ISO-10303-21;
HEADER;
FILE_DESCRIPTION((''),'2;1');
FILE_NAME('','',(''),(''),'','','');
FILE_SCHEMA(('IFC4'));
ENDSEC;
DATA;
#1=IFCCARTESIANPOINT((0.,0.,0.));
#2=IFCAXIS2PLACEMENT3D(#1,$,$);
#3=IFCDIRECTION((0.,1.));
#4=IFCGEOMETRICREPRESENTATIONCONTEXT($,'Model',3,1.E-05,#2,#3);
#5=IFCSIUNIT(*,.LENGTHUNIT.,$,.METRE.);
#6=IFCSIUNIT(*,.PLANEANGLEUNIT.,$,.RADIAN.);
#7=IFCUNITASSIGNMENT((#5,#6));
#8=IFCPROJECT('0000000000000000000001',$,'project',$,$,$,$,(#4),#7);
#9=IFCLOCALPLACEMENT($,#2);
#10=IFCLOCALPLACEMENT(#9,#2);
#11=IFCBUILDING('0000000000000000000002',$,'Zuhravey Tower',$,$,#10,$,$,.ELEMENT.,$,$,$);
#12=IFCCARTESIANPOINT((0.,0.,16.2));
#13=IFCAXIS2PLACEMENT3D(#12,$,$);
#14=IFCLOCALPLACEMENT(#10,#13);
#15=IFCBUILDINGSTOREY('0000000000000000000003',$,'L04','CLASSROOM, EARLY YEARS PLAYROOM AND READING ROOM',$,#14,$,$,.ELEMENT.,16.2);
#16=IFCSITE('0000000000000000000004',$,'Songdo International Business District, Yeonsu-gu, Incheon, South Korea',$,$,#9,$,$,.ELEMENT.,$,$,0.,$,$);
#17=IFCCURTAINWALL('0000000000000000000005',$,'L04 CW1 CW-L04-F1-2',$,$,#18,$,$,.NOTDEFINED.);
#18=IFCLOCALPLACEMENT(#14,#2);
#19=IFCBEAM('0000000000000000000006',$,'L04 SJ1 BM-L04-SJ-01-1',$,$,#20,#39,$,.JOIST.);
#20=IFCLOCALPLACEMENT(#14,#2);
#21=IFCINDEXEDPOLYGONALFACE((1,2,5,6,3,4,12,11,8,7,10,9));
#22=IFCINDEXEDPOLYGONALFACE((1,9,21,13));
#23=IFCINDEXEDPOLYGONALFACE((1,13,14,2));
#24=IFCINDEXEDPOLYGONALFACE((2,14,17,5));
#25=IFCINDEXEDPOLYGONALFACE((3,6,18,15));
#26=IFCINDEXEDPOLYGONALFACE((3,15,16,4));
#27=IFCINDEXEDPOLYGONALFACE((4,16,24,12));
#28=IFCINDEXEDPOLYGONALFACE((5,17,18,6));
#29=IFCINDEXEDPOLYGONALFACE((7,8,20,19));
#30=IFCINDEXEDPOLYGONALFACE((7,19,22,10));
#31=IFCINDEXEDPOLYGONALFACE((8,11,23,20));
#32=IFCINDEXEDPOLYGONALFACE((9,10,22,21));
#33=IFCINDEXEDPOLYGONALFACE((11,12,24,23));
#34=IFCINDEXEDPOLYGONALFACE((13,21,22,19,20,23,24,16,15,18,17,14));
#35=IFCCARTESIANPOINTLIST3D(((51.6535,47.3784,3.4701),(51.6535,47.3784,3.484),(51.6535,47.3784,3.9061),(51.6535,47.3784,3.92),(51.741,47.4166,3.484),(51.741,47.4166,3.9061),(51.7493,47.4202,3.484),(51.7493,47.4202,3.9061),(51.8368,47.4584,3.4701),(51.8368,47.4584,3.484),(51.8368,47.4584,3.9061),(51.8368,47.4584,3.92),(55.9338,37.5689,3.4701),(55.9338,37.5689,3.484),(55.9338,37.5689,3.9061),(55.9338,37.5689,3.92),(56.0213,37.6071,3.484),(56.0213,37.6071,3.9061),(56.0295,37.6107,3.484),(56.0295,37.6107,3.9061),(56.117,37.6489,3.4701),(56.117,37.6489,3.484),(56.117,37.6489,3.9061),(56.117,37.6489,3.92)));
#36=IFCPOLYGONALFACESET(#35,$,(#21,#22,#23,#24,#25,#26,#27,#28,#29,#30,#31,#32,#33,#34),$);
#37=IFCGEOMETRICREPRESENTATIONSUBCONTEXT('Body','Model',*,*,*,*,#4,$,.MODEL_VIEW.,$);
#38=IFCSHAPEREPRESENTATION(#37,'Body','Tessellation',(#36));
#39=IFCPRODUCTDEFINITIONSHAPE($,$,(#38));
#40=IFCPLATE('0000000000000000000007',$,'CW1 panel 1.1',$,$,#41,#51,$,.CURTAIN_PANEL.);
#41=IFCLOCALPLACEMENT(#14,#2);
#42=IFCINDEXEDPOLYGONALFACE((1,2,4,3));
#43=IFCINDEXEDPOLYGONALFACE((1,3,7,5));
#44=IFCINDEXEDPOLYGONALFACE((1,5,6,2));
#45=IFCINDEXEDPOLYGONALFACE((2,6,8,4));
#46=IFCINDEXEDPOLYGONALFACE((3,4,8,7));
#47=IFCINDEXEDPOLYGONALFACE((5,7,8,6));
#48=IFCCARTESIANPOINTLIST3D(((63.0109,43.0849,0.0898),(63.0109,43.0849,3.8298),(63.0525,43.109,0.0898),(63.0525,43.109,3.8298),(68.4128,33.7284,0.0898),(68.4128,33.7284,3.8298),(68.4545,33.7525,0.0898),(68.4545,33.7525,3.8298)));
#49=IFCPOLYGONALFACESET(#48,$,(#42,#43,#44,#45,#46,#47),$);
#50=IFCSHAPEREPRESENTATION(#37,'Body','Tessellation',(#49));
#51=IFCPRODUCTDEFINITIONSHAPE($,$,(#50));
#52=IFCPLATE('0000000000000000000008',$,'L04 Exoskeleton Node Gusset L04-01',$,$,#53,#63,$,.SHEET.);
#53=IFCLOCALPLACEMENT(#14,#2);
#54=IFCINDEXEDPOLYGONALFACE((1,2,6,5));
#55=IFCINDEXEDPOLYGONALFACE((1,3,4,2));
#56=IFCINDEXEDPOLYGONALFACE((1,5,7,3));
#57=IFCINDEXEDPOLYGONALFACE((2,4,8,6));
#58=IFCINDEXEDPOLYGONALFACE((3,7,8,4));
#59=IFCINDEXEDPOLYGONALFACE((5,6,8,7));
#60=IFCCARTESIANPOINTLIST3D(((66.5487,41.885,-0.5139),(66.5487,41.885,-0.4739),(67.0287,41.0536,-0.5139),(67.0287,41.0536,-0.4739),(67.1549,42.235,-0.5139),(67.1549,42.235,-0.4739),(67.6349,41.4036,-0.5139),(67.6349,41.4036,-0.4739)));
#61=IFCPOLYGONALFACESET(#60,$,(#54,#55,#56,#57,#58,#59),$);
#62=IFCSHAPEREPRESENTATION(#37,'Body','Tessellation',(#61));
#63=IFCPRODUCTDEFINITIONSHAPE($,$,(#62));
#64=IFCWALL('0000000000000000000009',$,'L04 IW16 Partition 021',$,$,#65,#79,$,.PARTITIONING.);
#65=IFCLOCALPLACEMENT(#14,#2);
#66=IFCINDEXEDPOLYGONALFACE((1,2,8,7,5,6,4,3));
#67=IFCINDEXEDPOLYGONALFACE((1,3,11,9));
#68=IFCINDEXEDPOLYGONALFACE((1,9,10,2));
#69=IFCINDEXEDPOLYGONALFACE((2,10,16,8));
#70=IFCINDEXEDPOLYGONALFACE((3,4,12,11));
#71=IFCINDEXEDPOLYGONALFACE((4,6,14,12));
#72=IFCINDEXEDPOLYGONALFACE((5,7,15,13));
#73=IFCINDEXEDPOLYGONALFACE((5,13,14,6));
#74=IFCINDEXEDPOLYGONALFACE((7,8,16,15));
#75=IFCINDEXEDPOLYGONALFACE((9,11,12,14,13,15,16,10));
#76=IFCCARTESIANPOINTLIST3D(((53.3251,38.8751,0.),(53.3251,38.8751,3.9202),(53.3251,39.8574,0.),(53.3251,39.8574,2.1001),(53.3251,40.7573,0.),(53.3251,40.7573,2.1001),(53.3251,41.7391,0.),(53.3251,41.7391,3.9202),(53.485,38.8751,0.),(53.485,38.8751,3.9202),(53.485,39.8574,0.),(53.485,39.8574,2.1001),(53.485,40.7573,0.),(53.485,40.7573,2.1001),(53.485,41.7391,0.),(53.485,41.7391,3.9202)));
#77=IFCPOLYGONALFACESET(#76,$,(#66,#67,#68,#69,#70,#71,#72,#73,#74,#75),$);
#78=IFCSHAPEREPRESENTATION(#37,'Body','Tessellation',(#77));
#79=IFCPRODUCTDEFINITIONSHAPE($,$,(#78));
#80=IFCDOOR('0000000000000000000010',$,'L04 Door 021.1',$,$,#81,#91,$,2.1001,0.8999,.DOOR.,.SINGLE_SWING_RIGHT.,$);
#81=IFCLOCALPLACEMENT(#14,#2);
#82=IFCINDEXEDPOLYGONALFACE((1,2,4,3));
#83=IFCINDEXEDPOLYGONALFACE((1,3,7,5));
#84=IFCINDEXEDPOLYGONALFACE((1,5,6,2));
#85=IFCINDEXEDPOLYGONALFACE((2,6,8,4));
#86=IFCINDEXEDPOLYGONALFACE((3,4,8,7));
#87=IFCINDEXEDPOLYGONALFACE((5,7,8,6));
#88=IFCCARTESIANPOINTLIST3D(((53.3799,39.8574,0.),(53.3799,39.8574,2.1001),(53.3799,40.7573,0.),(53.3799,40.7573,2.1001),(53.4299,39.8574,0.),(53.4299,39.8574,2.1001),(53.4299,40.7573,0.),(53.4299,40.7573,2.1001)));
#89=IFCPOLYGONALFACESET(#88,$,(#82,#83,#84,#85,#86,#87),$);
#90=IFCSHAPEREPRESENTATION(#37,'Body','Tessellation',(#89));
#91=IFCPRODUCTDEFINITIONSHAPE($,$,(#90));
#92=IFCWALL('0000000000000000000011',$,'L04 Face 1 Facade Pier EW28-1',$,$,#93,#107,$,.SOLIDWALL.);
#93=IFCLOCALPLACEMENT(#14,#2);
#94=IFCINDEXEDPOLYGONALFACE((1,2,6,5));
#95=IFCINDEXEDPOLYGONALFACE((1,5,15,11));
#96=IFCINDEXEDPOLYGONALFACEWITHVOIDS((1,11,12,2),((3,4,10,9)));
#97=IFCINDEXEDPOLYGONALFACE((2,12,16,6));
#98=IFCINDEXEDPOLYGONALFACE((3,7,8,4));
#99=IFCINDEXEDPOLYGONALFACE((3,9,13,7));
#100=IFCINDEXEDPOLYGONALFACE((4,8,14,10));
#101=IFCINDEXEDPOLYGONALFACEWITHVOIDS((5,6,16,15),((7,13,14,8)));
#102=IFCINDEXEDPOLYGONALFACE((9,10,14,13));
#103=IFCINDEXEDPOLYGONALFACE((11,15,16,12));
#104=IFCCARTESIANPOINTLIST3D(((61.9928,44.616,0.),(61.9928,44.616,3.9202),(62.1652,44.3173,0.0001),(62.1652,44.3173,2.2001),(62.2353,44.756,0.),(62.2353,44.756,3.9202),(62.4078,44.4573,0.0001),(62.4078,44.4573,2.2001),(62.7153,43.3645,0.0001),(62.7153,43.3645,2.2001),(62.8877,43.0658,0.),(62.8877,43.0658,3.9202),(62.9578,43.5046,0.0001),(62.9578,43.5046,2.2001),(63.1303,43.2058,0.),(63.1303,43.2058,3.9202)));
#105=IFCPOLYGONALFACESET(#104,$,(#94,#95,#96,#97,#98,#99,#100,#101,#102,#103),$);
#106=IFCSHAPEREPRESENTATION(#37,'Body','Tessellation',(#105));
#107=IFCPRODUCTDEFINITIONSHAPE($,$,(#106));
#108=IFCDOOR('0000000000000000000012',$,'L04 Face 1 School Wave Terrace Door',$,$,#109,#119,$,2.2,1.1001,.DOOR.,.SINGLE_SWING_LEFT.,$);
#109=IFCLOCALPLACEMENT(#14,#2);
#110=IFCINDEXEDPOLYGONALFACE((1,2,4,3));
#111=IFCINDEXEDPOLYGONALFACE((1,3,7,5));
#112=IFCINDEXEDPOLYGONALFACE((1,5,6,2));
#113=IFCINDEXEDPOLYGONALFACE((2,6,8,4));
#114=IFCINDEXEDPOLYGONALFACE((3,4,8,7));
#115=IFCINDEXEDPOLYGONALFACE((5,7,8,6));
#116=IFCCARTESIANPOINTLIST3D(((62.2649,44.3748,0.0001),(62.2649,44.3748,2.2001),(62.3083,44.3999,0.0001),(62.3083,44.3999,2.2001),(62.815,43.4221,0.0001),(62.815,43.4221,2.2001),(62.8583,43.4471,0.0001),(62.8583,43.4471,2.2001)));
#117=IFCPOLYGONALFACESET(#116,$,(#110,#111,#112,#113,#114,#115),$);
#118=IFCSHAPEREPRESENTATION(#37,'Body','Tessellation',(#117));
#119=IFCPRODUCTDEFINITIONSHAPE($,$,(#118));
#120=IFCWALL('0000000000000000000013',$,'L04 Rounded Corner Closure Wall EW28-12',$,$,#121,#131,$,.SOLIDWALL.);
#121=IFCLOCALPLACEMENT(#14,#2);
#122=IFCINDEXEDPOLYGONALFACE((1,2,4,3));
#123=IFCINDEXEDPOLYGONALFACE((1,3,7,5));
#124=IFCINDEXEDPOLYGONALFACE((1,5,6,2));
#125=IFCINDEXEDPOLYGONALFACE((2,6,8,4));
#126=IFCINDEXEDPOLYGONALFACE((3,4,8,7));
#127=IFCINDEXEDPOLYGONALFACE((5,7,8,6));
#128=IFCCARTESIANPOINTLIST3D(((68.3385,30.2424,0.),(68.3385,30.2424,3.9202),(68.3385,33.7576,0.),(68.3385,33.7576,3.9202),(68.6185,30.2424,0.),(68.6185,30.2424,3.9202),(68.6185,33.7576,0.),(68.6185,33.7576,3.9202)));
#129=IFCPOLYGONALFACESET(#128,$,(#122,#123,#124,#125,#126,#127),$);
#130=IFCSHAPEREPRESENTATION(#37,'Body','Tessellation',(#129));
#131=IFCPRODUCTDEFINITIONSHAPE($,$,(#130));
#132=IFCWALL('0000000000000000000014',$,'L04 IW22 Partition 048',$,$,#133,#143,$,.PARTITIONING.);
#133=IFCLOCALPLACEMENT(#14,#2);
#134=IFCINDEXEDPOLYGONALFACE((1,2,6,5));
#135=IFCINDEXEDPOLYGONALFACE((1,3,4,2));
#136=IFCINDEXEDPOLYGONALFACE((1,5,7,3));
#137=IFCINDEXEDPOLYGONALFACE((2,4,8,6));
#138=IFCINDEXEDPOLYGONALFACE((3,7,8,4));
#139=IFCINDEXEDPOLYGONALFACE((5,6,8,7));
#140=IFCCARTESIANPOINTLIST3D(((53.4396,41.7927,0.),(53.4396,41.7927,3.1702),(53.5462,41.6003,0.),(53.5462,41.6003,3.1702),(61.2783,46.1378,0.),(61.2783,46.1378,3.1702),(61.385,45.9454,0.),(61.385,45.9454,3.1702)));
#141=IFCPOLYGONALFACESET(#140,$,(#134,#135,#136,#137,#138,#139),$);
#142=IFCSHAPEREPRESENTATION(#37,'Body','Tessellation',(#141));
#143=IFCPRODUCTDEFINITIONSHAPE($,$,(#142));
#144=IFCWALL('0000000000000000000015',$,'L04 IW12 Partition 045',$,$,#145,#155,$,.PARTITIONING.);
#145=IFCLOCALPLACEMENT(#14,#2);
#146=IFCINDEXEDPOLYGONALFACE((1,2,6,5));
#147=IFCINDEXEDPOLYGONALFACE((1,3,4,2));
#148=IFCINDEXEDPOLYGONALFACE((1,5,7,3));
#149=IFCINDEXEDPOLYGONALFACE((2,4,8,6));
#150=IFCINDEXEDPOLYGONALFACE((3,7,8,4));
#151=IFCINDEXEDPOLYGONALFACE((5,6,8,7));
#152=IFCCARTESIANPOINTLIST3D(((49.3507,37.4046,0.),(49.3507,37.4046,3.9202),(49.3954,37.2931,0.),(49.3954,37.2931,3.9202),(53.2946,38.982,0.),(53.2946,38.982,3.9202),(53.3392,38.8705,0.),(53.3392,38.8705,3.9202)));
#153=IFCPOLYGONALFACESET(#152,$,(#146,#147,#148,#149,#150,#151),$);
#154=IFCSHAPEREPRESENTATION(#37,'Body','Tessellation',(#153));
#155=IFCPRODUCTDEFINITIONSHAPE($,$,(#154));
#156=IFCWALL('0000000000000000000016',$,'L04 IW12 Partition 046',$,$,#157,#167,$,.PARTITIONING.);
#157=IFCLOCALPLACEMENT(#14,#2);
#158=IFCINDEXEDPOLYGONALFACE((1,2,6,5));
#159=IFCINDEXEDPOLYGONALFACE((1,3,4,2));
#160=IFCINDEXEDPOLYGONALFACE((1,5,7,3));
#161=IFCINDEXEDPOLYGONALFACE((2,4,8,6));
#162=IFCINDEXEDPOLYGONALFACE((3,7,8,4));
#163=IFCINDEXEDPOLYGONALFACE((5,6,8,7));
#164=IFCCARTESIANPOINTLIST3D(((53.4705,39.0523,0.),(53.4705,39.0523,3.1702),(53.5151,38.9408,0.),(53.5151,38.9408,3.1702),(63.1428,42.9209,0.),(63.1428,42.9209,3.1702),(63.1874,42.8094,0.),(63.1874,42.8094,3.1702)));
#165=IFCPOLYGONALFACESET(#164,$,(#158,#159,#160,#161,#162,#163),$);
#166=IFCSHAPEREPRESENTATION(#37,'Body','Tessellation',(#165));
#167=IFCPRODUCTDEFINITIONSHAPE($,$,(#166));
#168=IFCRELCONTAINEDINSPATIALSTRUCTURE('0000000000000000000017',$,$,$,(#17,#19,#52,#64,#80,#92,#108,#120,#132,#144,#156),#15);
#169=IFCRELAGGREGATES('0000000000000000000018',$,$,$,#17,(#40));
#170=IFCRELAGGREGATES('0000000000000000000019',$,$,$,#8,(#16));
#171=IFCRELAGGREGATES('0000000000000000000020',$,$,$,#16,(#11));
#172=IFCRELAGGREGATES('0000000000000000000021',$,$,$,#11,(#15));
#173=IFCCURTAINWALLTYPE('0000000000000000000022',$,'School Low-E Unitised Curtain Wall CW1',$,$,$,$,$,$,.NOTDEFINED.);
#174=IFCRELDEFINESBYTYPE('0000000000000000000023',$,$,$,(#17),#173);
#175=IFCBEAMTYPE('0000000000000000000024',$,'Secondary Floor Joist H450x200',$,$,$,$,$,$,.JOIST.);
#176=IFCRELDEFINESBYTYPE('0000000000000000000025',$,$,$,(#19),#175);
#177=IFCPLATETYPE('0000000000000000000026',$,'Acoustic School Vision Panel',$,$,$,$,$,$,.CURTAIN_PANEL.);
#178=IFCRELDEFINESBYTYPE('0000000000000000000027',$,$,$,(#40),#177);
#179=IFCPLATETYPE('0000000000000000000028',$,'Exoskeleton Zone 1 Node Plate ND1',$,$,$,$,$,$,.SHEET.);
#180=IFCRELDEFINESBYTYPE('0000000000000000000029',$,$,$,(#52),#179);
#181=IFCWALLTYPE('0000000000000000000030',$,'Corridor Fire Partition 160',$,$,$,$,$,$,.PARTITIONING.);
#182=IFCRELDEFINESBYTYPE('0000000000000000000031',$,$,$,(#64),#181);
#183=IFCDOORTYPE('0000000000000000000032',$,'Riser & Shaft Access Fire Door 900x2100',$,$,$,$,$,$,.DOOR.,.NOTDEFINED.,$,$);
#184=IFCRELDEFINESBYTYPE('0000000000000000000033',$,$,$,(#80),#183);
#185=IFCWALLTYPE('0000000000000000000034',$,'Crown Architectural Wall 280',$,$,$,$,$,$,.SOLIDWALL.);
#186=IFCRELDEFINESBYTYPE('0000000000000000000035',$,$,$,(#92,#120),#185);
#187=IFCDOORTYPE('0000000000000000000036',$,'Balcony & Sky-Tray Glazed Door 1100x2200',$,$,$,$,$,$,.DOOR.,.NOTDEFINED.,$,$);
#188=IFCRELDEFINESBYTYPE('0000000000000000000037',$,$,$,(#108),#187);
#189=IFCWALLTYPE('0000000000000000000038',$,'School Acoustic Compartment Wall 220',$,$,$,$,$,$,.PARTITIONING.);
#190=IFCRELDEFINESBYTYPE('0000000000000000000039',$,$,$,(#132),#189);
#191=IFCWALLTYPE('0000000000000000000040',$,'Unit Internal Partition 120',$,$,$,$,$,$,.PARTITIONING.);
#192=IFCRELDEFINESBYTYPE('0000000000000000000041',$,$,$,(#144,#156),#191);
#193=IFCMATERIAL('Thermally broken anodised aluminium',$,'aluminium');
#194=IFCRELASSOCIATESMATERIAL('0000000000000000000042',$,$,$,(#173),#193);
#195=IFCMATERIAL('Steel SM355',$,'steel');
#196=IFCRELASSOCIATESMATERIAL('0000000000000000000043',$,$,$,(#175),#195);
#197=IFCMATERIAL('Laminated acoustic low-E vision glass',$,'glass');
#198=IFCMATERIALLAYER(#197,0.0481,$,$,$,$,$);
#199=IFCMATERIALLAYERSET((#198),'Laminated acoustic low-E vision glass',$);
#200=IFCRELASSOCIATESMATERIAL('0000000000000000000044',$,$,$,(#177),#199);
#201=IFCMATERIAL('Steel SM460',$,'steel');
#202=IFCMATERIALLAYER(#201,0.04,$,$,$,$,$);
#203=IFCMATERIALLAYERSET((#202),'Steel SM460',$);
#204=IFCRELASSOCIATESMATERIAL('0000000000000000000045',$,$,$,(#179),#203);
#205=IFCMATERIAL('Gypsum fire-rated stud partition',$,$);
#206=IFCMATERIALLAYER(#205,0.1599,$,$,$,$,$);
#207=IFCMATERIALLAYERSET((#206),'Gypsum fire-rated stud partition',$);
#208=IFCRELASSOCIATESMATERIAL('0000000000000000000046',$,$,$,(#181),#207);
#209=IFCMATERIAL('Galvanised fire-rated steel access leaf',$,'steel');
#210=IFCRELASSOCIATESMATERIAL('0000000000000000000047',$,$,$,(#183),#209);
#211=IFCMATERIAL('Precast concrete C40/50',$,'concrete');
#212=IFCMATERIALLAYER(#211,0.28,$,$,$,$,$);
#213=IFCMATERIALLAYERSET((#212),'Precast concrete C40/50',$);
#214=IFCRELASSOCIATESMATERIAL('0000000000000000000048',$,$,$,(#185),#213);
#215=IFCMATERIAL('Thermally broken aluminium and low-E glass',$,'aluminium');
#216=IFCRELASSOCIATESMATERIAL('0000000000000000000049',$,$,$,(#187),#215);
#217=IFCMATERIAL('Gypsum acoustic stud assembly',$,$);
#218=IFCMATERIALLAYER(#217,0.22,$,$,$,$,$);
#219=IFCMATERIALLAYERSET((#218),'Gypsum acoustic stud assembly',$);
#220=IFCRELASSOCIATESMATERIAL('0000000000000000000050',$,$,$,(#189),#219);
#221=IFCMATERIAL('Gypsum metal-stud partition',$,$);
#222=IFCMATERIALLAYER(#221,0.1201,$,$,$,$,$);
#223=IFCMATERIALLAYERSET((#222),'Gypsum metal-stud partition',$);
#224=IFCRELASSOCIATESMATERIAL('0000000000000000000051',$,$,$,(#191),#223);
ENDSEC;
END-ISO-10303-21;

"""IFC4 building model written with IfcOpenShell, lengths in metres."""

from ifc_helpers import new_model, si_unit, direction, frame, frame_2d, origin, origin_2d, place, context, subcontext, project, spatial, rectangle, i_section, extrude, material, layer, layer_set, material_profile, profile_set, type_object, element, fill, aggregate, save


model = new_model("IFC4")

# Units and contexts
model_context = context("Model", 3, precision=1e-05, world=origin(), true_north=direction((0.0, 1.0)))
body_context = subcontext(model_context, "Body", "Model", "MODEL_VIEW")
ifc_project = project(units=[si_unit("LENGTHUNIT", "METRE"), si_unit("PLANEANGLEUNIT", "RADIAN")], contexts=[model_context])

# Site, building, storey
site_placement = place(None, origin())
site = spatial("IfcSite", under=ifc_project, at=site_placement, Name="Songdo International Business District, Yeonsu-gu, Incheon, South Korea", CompositionType="ELEMENT", RefElevation=0.0)
building_placement = place(site_placement, origin())
building = spatial("IfcBuilding", under=site, at=building_placement, Name="Zuhravey Tower", CompositionType="ELEMENT")
storey_placement = place(building_placement, frame((0.0, 0.0, 16.2)))
storey = spatial("IfcBuildingStorey", under=building, at=storey_placement, Name="L04", Description="CLASSROOM, EARLY YEARS PLAYROOM AND READING ROOM", CompositionType="ELEMENT", Elevation=16.2)

# Shared definitions
ifc_material_1 = material(Name="Thermally broken anodised aluminium", Category="aluminium")
curtain_wall_type = type_object("IfcCurtainWallType", Name="School Low-E Unitised Curtain Wall CW1", PredefinedType="NOTDEFINED", material=ifc_material_1)

# Curtain wall
curtain_wall_1_placement = place(storey_placement, origin())
curtain_wall_1 = element("IfcCurtainWall", 1, at=curtain_wall_1_placement, inside=storey, type_object=curtain_wall_type, Name="L04 CW1 CW-L04-F1-2", PredefinedType="NOTDEFINED")

# Shared definitions
ifc_material_2 = material(Name="Steel SM355", Category="steel")
ifc_material_3 = material(Name="Steel SM460", Category="steel")

# Beam
ifc_material_profile_1 = material_profile(ifc_material_2, i_section(OverallWidth=0.2, OverallDepth=0.45, WebThickness=0.009, FlangeThickness=0.0139, at=origin_2d()), Name="H-450x200x9x14")
ifc_profile_set_1 = profile_set([ifc_material_profile_1], Name="Steel SM355")
beam_type_1 = type_object("IfcBeamType", Name="Secondary Floor Joist H450x200", PredefinedType="JOIST", material=ifc_profile_set_1)
beam_1_placement = place(storey_placement, frame((56.0254, 37.6089, 3.6951), z_axis=(-0.399924, 0.916549, 0.0), x_axis=(-0.916549, -0.399924, 0.0)))
element("IfcBeam", 2, at=beam_1_placement, inside=storey, type_object=beam_type_1, Name="L04 SJ1 BM-L04-SJ-01-1", PredefinedType="JOIST", context=body_context, shape_type="SweptSolid", body=[
    extrude(i_section(OverallWidth=0.2, OverallDepth=0.45, WebThickness=0.009, FlangeThickness=0.0139, at=origin_2d()), origin(), (0.0, 0.0, 1.0), 10.7026),
])

# Plates
ifc_material_4 = material(Name="Laminated acoustic low-E vision glass", Category="glass")
ifc_layer_1 = layer(ifc_material_4, 0.0481)
ifc_layer_set_1 = layer_set([ifc_layer_1], Name="Laminated acoustic low-E vision glass")
plate_type_1 = type_object("IfcPlateType", Name="Acoustic School Vision Panel", PredefinedType="CURTAIN_PANEL", material=ifc_layer_set_1)
plate_1_placement = place(storey_placement, frame((65.7327, 38.4187, 0.0898), z_axis=(0.0, 0.0, 1.0), x_axis=(0.499998, -0.866027, 0.0)))
plate_1 = element("IfcPlate", 3, at=plate_1_placement, type_object=plate_type_1, Name="CW1 panel 1.1", PredefinedType="CURTAIN_PANEL", context=body_context, shape_type="SweptSolid", body=[
    extrude(rectangle(XDim=10.804, YDim=0.0481, at=origin_2d()), origin(), (0.0, 0.0, 1.0), 3.74),
])
aggregate(curtain_wall_1, [plate_1])
ifc_layer_2 = layer(ifc_material_3, 0.04)
ifc_layer_set_2 = layer_set([ifc_layer_2], Name="Steel SM460")
plate_type_2 = type_object("IfcPlateType", Name="Exoskeleton Zone 1 Node Plate ND1", PredefinedType="SHEET", material=ifc_layer_set_2)
plate_2_placement = place(storey_placement, frame((67.0918, 41.6443, -0.5139), z_axis=(0.0, 0.0, 1.0), x_axis=(-0.5, 0.866025, 0.0)))
element("IfcPlate", 4, at=plate_2_placement, inside=storey, type_object=plate_type_2, Name="L04 Exoskeleton Node Gusset L04-01", PredefinedType="SHEET", context=body_context, shape_type="SweptSolid", body=[
    extrude(rectangle(XDim=0.96, YDim=0.7, at=origin_2d()), origin(), (0.0, 0.0, 1.0), 0.04),
])

# Walls, openings, doors
ifc_material_5 = material(Name="Gypsum fire-rated stud partition")
ifc_layer_3 = layer(ifc_material_5, 0.1599)
ifc_layer_set_3 = layer_set([ifc_layer_3], Name="Gypsum fire-rated stud partition")
wall_type_1 = type_object("IfcWallType", Name="Corridor Fire Partition 160", PredefinedType="PARTITIONING", material=ifc_layer_set_3)
wall_1_placement = place(storey_placement, frame((53.405, 41.7393, 0.0), z_axis=(0.0, 0.0, 1.0), x_axis=(0.0, -1.0, 0.0)))
wall_1 = element("IfcWall", 5, at=wall_1_placement, inside=storey, type_object=wall_type_1, Name="L04 IW16 Partition 021", PredefinedType="PARTITIONING", context=body_context, shape_type="SweptSolid", body=[
    extrude(rectangle(XDim=2.864, YDim=0.1599, at=frame_2d((1.4321, 0.0))), origin(), (0.0, 0.0, 1.0), 3.9202),
])
opening_1_placement = place(wall_1_placement, frame((0.9819, 0.0, 0.0)))
opening_1 = element("IfcOpeningElement", 6, at=opening_1_placement, cuts=wall_1, PredefinedType="OPENING", context=body_context, shape_type="SweptSolid", body=[
    extrude(rectangle(XDim=0.8999, YDim=2.1001, at=frame_2d((0.45, 1.05))), frame((0.0, 0.092, 0.0), z_axis=(0.0, -1.0, 0.0), x_axis=(1.0, 0.0, 0.0)), (0.0, 0.0, 1.0), 0.1838),
])
ifc_material_6 = material(Name="Galvanised fire-rated steel access leaf", Category="steel")
door_type_1 = type_object("IfcDoorType", Name="Riser & Shaft Access Fire Door 900x2100", OperationType="NOTDEFINED", PredefinedType="DOOR", material=ifc_material_6)
door_1_placement = place(opening_1_placement, origin())
door_1 = element("IfcDoor", 7, at=door_1_placement, inside=storey, type_object=door_type_1, Name="L04 Door 021.1", OperationType="SINGLE_SWING_RIGHT", OverallHeight=2.1001, OverallWidth=0.8999, PredefinedType="DOOR", context=body_context, shape_type="SweptSolid", body=[
    extrude(rectangle(XDim=0.8999, YDim=2.1001, at=frame_2d((0.45, 1.05))), frame((0.0, 0.0249, 0.0), z_axis=(0.0, -1.0, 0.0), x_axis=(1.0, 0.0, 0.0)), (0.0, 0.0, 1.0), 0.05),
])
fill(opening_1, door_1)
ifc_material_7 = material(Name="Precast concrete C40/50", Category="concrete")
ifc_layer_4 = layer(ifc_material_7, 0.28)
ifc_layer_set_4 = layer_set([ifc_layer_4], Name="Precast concrete C40/50")
wall_type_2 = type_object("IfcWallType", Name="Crown Architectural Wall 280", PredefinedType="SOLIDWALL", material=ifc_layer_set_4)
wall_2_placement = place(storey_placement, frame((62.114, 44.686, 0.0), z_axis=(0.0, 0.0, 1.0), x_axis=(0.499982, -0.866036, 0.0)))
wall_2 = element("IfcWall", 8, at=wall_2_placement, inside=storey, type_object=wall_type_2, Name="L04 Face 1 Facade Pier EW28-1", PredefinedType="SOLIDWALL", context=body_context, shape_type="SweptSolid", body=[
    extrude(rectangle(XDim=1.79, YDim=0.28, at=frame_2d((0.895, 0.0))), origin(), (0.0, 0.0, 1.0), 3.9202),
])
opening_2_placement = place(wall_2_placement, frame((0.345, 0.0, 0.0)))
opening_2 = element("IfcOpeningElement", 9, at=opening_2_placement, cuts=wall_2, PredefinedType="OPENING", context=body_context, shape_type="SweptSolid", body=[
    extrude(rectangle(XDim=1.1001, YDim=2.2, at=frame_2d((0.55, 1.1001))), frame((0.0, 0.1521, 0.0), z_axis=(0.0, -1.0, 0.0), x_axis=(1.0, 0.0, 0.0)), (0.0, 0.0, 1.0), 0.304),
])
ifc_material_8 = material(Name="Thermally broken aluminium and low-E glass", Category="aluminium")
door_type_2 = type_object("IfcDoorType", Name="Balcony & Sky-Tray Glazed Door 1100x2200", OperationType="NOTDEFINED", PredefinedType="DOOR", material=ifc_material_8)
door_2_placement = place(opening_2_placement, frame((1.1001, 0.0, 0.0), z_axis=(0.0, 0.0, 1.0), x_axis=(-1.0, 0.0, 0.0)))
door_2 = element("IfcDoor", 10, at=door_2_placement, inside=storey, type_object=door_type_2, Name="L04 Face 1 School Wave Terrace Door", OperationType="SINGLE_SWING_LEFT", OverallHeight=2.2, OverallWidth=1.1001, PredefinedType="DOOR", context=body_context, shape_type="SweptSolid", body=[
    extrude(rectangle(XDim=1.1001, YDim=2.2, at=frame_2d((0.55, 1.1001))), frame((0.0, 0.0249, 0.0), z_axis=(0.0, -1.0, 0.0), x_axis=(1.0, 0.0, 0.0)), (0.0, 0.0, 1.0), 0.05),
])
fill(opening_2, door_2)

# Walls
wall_3_placement = place(storey_placement, frame((68.4785, 33.7576, 0.0), z_axis=(0.0, 0.0, 1.0), x_axis=(0.0, -1.0, 0.0)))
element("IfcWall", 11, at=wall_3_placement, inside=storey, type_object=wall_type_2, Name="L04 Rounded Corner Closure Wall EW28-12", PredefinedType="SOLIDWALL", context=body_context, shape_type="SweptSolid", body=[
    extrude(rectangle(XDim=3.5151, YDim=0.28, at=frame_2d((1.7576, 0.0))), origin(), (0.0, 0.0, 1.0), 3.9202),
])
ifc_material_9 = material(Name="Gypsum acoustic stud assembly")
ifc_layer_5 = layer(ifc_material_9, 0.22)
ifc_layer_set_5 = layer_set([ifc_layer_5], Name="Gypsum acoustic stud assembly")
wall_type_3 = type_object("IfcWallType", Name="School Acoustic Compartment Wall 220", PredefinedType="PARTITIONING", material=ifc_layer_set_5)
wall_4_placement = place(storey_placement, frame((53.4929, 41.6965, 0.0), z_axis=(0.0, 0.0, 1.0), x_axis=(0.874622, 0.484805, 0.0)))
element("IfcWall", 12, at=wall_4_placement, inside=storey, type_object=wall_type_3, Name="L04 IW22 Partition 048", PredefinedType="PARTITIONING", context=body_context, shape_type="SweptSolid", body=[
    extrude(rectangle(XDim=8.9624, YDim=0.22, at=frame_2d((4.4812, 0.0))), origin(), (0.0, 0.0, 1.0), 3.1702),
])
ifc_material_10 = material(Name="Gypsum metal-stud partition")
ifc_layer_6 = layer(ifc_material_10, 0.1201)
ifc_layer_set_6 = layer_set([ifc_layer_6], Name="Gypsum metal-stud partition")
wall_type_4 = type_object("IfcWallType", Name="Unit Internal Partition 120", PredefinedType="PARTITIONING", material=ifc_layer_set_6)
wall_5_placement = place(storey_placement, frame((49.373, 37.3489, 0.0), z_axis=(0.0, 0.0, 1.0), x_axis=(0.928489, 0.371361, 0.0)))
element("IfcWall", 13, at=wall_5_placement, inside=storey, type_object=wall_type_4, Name="L04 IW12 Partition 045", PredefinedType="PARTITIONING", context=body_context, shape_type="SweptSolid", body=[
    extrude(rectangle(XDim=4.2476, YDim=0.1201, at=frame_2d((2.1238, 0.0))), origin(), (0.0, 0.0, 1.0), 3.9202),
])
wall_6_placement = place(storey_placement, frame((53.4929, 38.9966, 0.0), z_axis=(0.0, 0.0, 1.0), x_axis=(0.928486, 0.371366, 0.0)))
element("IfcWall", 14, at=wall_6_placement, inside=storey, type_object=wall_type_4, Name="L04 IW12 Partition 046", PredefinedType="PARTITIONING", context=body_context, shape_type="SweptSolid", body=[
    extrude(rectangle(XDim=10.4172, YDim=0.1201, at=frame_2d((5.2085, 0.0))), origin(), (0.0, 0.0, 1.0), 3.1702),
])

save(model, "model.ifc")
